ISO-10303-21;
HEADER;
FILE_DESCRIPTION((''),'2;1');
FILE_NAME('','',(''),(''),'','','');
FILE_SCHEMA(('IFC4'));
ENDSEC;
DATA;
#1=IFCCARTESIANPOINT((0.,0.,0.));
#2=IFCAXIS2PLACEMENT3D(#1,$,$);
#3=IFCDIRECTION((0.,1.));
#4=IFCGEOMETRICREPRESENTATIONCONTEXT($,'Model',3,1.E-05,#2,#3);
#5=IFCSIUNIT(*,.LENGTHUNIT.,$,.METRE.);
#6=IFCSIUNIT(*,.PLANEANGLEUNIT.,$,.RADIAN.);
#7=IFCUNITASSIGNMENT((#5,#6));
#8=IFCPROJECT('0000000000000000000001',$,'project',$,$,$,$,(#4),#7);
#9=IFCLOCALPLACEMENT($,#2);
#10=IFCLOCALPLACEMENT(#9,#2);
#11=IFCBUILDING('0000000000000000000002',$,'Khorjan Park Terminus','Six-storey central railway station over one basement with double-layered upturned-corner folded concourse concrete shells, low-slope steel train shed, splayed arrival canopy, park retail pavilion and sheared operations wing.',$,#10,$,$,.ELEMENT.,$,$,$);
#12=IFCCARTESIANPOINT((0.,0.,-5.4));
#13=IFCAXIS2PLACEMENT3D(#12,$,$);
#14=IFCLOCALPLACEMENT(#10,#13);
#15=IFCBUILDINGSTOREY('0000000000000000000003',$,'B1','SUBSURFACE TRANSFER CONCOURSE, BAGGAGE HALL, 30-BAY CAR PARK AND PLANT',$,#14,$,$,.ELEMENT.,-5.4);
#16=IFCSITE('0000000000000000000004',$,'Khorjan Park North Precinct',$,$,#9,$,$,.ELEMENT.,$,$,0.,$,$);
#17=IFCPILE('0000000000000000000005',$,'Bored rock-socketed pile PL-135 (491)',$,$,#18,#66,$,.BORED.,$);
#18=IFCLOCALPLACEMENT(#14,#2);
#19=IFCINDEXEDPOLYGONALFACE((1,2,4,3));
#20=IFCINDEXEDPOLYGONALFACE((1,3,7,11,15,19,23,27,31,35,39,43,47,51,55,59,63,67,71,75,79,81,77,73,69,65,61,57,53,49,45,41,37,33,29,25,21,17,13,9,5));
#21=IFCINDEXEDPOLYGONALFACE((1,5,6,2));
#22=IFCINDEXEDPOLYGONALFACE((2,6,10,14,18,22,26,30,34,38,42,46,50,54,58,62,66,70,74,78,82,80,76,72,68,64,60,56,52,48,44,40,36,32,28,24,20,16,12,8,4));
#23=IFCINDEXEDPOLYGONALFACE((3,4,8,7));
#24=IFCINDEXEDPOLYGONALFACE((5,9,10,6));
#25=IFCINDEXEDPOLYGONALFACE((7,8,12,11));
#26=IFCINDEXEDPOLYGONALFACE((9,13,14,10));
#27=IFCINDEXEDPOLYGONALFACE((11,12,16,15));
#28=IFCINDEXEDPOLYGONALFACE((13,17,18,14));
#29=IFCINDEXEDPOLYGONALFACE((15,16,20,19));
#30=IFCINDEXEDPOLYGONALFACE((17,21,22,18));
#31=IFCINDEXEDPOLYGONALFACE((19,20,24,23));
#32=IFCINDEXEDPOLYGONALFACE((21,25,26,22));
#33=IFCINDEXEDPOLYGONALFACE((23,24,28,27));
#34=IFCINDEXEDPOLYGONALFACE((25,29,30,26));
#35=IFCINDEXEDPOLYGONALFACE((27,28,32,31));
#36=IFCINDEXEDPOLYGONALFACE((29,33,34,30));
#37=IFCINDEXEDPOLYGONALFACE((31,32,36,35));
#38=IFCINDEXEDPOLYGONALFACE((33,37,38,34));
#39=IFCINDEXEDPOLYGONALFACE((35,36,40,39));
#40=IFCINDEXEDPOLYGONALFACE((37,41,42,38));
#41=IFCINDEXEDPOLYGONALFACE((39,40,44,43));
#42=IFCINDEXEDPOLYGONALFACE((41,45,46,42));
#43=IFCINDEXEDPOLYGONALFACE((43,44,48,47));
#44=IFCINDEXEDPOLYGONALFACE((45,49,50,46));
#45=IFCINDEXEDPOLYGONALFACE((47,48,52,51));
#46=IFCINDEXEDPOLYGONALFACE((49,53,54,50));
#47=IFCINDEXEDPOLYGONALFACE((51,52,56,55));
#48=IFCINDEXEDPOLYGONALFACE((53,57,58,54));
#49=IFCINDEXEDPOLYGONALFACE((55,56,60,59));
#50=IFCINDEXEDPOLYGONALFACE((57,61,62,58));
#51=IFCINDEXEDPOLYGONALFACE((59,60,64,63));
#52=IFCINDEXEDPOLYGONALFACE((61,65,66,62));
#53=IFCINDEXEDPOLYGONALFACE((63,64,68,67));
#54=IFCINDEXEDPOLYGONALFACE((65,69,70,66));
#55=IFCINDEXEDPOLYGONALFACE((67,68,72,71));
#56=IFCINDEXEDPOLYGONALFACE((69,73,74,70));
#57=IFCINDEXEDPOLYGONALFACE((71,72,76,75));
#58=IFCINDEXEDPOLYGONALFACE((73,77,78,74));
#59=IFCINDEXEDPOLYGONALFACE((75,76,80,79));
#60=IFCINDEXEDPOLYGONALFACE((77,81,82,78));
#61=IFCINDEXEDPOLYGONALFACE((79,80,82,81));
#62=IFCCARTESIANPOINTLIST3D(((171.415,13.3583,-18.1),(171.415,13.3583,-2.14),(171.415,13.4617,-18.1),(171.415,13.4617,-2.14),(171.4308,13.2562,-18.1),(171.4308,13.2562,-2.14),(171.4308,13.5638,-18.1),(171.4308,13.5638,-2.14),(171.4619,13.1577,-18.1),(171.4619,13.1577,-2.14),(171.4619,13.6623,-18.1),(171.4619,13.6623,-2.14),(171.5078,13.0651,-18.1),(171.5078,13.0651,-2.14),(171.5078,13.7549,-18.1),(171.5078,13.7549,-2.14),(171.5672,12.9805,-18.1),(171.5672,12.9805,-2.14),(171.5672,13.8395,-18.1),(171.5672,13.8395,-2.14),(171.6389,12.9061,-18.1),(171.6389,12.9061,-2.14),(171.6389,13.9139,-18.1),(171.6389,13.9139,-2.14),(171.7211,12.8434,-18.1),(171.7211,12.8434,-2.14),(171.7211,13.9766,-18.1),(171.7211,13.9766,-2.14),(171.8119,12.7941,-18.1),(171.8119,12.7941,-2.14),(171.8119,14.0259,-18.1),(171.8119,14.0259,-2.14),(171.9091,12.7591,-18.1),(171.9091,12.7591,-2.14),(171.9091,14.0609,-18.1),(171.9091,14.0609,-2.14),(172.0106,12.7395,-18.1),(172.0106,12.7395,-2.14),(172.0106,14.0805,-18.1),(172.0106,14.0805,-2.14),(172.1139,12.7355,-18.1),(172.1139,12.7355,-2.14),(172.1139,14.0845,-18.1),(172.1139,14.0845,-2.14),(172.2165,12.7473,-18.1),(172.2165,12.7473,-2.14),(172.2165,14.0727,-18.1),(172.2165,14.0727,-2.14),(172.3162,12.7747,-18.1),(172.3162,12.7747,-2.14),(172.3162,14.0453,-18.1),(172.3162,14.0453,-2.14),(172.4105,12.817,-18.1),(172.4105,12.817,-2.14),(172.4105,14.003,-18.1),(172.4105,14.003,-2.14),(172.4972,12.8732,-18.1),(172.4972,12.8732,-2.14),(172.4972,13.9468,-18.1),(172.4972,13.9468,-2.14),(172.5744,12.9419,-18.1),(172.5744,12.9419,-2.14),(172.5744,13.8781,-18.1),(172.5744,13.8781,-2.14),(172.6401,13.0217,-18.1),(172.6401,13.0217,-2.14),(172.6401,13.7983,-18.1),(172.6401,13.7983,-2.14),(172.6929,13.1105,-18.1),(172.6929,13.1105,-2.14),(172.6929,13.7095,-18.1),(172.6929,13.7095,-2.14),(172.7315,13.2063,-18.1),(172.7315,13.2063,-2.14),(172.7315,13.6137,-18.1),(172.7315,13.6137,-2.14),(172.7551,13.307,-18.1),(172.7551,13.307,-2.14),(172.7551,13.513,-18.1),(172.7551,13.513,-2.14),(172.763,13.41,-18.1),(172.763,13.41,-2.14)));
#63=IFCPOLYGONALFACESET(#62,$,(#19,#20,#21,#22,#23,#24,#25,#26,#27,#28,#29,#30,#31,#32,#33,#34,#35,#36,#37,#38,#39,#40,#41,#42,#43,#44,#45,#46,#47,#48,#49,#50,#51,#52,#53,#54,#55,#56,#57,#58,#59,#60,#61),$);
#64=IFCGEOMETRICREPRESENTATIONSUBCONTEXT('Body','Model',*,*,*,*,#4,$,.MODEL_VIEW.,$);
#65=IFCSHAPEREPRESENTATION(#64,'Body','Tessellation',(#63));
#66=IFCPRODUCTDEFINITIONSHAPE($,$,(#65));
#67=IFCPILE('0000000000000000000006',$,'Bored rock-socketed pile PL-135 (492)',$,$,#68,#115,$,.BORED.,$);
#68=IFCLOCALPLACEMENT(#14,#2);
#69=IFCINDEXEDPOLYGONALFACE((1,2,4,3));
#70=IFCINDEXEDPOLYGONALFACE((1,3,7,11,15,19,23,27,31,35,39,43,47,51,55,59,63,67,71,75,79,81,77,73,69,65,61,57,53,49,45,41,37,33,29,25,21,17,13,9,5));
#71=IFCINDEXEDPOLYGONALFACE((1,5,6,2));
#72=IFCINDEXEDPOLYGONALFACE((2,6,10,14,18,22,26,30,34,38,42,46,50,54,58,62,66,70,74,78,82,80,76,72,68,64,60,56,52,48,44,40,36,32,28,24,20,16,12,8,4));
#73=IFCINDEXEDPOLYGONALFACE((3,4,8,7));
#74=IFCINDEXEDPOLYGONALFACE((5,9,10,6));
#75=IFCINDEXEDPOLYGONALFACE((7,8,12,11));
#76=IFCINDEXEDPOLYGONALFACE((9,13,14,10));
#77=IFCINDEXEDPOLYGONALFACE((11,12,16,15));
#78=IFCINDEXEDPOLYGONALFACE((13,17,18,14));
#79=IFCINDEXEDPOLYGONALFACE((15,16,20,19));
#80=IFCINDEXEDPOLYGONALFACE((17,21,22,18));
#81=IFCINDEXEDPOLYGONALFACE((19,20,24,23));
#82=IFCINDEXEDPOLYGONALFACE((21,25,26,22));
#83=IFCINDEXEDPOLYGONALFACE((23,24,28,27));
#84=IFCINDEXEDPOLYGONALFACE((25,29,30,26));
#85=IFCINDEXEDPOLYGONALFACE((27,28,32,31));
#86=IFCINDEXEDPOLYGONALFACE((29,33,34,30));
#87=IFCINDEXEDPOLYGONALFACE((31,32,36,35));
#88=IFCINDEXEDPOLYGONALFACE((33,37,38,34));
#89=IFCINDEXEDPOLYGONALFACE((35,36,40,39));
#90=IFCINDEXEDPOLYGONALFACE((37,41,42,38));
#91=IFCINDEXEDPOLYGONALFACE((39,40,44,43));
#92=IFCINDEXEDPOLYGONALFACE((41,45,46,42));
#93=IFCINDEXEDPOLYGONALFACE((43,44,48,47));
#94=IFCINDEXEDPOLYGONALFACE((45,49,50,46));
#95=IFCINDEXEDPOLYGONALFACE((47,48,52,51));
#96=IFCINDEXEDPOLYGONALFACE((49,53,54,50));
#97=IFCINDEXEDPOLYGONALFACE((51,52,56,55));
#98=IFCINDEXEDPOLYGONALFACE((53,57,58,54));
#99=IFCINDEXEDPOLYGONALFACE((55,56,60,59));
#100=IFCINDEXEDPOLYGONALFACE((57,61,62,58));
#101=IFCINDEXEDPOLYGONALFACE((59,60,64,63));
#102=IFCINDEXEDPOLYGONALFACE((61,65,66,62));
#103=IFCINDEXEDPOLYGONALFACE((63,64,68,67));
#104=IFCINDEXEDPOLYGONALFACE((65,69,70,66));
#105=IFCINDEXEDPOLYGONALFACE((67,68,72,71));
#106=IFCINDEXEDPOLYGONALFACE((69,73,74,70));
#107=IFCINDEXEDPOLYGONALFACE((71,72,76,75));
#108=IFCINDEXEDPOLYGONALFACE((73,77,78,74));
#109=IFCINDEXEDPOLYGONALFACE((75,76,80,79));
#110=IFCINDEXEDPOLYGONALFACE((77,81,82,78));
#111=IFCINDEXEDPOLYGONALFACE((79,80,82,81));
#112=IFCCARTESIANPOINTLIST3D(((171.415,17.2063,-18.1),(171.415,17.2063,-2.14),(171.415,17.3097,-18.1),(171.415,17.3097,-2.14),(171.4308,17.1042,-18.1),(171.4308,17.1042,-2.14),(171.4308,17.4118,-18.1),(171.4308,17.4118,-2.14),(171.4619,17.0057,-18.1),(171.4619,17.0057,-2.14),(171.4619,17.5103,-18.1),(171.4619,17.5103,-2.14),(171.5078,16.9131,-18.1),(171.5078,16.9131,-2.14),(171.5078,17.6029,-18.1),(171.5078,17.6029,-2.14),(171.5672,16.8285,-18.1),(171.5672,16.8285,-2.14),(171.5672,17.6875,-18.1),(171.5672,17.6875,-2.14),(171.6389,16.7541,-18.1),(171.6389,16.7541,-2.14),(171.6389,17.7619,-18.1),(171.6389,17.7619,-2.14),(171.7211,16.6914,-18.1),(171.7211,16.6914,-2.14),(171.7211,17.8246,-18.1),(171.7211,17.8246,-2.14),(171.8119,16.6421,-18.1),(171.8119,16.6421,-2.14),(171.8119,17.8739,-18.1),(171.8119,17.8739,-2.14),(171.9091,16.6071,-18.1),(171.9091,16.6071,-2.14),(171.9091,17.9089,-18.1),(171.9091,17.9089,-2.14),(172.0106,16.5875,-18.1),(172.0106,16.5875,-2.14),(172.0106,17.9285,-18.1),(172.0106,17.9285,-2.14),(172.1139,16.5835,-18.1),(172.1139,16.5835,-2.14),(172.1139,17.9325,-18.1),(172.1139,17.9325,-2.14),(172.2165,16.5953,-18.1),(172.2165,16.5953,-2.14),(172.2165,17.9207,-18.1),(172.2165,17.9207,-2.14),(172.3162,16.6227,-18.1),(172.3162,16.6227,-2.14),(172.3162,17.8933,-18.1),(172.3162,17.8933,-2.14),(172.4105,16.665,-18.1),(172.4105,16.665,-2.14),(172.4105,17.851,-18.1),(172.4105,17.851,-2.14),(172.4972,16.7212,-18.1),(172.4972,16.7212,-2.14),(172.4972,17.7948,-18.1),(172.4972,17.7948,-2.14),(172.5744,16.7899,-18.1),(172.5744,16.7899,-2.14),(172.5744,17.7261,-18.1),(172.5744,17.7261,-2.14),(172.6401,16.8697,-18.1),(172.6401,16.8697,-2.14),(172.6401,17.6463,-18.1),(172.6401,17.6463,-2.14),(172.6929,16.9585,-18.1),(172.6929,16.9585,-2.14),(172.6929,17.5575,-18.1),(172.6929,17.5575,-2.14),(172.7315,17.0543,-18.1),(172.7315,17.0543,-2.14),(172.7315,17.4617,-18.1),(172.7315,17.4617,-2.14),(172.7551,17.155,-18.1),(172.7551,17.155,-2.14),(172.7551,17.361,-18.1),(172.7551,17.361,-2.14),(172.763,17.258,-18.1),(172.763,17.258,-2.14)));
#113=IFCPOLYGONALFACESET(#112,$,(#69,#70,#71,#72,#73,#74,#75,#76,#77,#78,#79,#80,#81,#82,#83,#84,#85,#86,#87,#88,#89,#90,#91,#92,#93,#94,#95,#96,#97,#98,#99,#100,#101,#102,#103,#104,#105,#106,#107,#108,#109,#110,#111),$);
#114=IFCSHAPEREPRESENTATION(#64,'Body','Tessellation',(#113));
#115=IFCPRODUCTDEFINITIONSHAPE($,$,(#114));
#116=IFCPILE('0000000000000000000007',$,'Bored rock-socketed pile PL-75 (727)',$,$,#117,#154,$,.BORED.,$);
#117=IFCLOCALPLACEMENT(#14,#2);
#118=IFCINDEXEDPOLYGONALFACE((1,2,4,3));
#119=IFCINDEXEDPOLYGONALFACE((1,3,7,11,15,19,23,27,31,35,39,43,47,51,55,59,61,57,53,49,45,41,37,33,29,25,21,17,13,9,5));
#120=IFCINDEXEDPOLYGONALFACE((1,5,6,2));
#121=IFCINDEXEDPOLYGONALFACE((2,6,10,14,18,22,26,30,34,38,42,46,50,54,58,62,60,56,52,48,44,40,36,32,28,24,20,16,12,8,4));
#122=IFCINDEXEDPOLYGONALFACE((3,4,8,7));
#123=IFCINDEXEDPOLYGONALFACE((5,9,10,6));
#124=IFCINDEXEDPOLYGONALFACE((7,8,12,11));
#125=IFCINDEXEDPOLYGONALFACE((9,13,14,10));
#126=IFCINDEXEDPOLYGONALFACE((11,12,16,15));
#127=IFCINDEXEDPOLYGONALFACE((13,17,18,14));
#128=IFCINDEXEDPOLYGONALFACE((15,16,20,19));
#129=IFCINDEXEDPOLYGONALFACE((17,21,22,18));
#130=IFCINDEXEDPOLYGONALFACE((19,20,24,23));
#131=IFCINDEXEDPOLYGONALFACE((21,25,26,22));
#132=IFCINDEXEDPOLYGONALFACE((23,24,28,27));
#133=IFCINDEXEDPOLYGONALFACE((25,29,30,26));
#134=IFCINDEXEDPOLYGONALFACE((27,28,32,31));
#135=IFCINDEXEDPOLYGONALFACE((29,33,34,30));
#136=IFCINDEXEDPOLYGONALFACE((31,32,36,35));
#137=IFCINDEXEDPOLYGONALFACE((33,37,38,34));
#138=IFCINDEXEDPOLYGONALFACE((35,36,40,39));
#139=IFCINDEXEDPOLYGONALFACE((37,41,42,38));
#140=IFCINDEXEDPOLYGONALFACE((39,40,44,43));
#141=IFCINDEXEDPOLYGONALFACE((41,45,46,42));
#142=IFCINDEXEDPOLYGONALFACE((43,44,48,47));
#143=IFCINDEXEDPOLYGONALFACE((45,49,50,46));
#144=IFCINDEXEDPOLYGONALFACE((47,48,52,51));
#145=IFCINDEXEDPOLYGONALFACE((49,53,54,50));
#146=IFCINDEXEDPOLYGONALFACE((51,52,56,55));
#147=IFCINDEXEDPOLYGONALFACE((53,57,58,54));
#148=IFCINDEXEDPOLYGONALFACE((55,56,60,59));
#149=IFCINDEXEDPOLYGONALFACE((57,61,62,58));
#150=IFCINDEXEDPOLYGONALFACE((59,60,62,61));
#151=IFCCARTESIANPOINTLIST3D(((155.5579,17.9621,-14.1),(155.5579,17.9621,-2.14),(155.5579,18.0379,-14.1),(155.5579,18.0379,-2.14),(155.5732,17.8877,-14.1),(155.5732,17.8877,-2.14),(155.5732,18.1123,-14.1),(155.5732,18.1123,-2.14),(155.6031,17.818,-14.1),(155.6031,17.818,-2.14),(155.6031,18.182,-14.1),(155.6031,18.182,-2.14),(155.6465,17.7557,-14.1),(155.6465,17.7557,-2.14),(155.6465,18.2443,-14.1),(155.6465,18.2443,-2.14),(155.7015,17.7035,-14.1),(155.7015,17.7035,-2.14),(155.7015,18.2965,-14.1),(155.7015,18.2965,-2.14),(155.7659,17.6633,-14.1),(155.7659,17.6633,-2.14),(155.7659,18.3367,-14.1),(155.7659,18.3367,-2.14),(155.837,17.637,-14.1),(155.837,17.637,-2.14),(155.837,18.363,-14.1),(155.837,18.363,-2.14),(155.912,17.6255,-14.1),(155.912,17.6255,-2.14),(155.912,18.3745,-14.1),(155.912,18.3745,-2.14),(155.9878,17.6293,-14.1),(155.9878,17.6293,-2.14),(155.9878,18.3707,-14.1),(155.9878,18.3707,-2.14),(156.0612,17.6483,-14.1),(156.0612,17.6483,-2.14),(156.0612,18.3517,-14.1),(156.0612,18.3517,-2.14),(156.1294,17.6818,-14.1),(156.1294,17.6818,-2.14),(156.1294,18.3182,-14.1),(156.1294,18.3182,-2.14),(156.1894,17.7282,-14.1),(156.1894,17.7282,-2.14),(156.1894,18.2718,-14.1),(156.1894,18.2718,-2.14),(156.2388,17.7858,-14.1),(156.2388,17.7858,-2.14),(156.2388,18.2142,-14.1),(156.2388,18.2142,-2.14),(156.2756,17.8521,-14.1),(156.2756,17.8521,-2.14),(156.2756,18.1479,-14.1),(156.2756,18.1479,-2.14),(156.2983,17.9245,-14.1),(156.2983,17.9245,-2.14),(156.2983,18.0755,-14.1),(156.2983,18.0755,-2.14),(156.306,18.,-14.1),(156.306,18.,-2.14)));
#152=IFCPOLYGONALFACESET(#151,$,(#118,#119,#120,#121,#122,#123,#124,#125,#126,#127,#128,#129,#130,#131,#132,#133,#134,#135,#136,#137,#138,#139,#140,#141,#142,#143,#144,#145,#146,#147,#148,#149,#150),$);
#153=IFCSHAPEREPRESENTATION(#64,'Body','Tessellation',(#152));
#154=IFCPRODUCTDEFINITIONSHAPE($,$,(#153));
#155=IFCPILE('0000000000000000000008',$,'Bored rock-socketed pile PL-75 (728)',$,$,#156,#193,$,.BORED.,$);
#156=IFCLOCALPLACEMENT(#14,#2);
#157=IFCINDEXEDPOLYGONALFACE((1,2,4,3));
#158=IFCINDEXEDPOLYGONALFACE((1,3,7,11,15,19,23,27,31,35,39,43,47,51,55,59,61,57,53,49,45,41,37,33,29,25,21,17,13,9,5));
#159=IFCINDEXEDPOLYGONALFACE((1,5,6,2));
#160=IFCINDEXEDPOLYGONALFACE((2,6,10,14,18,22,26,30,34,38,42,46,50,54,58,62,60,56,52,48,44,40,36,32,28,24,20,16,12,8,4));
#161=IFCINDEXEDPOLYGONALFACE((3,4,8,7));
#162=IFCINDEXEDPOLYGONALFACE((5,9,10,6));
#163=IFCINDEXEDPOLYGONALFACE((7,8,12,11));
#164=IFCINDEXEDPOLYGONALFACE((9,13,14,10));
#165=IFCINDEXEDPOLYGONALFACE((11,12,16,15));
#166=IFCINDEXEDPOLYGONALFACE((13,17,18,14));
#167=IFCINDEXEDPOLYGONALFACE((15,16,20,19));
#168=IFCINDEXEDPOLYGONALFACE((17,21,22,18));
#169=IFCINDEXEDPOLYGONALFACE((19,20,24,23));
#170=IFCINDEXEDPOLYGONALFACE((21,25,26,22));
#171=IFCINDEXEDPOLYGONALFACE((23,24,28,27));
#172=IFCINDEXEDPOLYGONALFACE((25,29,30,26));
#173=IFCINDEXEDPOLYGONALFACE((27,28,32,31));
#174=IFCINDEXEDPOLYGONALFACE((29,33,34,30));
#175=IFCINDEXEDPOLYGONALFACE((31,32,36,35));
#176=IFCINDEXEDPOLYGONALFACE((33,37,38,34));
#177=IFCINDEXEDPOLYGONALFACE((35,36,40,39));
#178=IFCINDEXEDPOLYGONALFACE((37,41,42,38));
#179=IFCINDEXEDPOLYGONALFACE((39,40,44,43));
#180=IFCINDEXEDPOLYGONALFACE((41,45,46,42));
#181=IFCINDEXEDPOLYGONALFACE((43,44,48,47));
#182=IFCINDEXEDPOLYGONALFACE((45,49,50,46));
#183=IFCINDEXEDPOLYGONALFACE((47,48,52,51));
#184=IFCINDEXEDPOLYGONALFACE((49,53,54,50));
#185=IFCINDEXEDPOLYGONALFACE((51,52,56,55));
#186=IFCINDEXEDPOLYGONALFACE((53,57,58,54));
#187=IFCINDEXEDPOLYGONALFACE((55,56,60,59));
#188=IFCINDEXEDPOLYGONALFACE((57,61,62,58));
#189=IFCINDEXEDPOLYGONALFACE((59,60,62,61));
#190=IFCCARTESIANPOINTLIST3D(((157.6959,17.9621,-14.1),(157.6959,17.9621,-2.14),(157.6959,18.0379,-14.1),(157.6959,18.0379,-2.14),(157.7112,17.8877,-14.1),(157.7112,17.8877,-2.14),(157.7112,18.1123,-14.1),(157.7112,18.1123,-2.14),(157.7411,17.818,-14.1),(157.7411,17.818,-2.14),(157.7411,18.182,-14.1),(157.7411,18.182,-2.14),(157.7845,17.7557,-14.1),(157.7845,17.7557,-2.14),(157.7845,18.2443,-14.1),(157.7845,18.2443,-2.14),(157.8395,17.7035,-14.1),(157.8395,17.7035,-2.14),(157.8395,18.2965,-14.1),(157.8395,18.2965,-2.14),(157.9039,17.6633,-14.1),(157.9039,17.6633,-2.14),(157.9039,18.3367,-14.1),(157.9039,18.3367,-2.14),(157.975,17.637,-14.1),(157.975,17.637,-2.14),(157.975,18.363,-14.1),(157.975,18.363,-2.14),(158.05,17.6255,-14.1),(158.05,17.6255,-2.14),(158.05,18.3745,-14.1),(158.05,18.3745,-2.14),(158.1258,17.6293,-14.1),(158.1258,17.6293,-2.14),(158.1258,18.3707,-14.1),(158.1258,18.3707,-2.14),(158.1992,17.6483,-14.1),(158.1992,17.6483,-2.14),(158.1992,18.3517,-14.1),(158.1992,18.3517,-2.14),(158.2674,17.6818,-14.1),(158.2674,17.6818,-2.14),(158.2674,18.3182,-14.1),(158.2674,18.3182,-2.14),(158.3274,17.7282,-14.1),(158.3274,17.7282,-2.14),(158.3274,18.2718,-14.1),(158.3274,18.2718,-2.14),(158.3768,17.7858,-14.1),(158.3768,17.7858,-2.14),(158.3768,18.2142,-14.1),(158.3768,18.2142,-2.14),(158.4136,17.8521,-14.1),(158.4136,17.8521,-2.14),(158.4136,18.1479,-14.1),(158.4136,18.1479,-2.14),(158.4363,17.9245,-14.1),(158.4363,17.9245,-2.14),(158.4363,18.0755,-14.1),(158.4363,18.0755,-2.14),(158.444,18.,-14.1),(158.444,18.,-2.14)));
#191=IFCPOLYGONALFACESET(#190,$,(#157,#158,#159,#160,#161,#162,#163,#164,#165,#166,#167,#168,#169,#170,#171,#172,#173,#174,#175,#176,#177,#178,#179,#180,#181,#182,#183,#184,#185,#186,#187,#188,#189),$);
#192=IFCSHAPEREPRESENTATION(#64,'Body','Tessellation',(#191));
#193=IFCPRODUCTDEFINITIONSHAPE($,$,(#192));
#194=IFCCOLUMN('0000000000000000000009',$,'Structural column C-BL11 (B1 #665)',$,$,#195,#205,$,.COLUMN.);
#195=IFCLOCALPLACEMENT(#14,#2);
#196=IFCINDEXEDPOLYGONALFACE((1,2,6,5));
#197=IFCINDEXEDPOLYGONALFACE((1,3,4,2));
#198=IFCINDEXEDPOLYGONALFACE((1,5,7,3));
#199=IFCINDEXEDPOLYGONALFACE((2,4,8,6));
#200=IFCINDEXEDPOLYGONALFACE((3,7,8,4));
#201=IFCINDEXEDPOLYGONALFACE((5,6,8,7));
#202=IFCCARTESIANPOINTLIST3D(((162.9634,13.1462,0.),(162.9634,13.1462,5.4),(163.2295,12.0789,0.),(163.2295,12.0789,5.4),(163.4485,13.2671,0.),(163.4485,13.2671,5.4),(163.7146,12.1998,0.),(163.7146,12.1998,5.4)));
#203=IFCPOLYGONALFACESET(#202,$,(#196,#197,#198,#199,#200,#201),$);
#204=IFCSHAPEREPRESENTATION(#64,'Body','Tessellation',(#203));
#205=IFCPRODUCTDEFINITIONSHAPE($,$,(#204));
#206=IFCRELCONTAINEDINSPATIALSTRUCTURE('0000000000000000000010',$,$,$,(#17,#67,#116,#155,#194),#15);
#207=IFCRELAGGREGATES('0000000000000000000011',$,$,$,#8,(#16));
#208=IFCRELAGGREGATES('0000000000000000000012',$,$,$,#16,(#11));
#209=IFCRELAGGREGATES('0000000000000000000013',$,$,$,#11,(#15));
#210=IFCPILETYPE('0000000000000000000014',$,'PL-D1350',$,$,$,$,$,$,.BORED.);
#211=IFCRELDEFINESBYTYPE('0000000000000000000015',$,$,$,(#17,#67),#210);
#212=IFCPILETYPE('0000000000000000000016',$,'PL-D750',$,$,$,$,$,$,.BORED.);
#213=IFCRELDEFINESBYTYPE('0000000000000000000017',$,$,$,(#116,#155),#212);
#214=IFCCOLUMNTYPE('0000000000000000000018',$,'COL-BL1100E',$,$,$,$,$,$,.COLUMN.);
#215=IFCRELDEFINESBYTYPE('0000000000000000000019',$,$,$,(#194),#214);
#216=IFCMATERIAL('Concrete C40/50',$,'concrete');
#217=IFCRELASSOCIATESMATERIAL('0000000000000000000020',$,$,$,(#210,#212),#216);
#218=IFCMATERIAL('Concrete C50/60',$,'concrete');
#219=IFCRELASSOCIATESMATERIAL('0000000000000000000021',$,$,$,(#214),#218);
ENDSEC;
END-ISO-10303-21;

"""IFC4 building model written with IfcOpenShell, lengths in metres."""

from ifc_helpers import new_model, si_unit, direction, frame, origin, origin_2d, place, context, subcontext, project, spatial, rectangle, circle, extrude, material, material_profile, profile_set, type_object, element, save


model = new_model("IFC4")

# Units and contexts
model_context = context("Model", 3, precision=1e-05, world=origin(), true_north=direction((0.0, 1.0)))
body_context = subcontext(model_context, "Body", "Model", "MODEL_VIEW")
ifc_project = project(units=[si_unit("LENGTHUNIT", "METRE"), si_unit("PLANEANGLEUNIT", "RADIAN")], contexts=[model_context])

# Site, building, storey
site_placement = place(None, origin())
site = spatial("IfcSite", under=ifc_project, at=site_placement, Name="Khorjan Park North Precinct", CompositionType="ELEMENT", RefElevation=0.0)
building_placement = place(site_placement, origin())
building = spatial("IfcBuilding", under=site, at=building_placement, Name="Khorjan Park Terminus", Description="Six-storey central railway station over one basement with double-layered upturned-corner folded concourse concrete shells, low-slope steel train shed, splayed arrival canopy, park retail pavilion and sheared operations wing.", CompositionType="ELEMENT")
storey_placement = place(building_placement, frame((0.0, 0.0, -5.4)))
storey = spatial("IfcBuildingStorey", under=building, at=storey_placement, Name="B1", Description="SUBSURFACE TRANSFER CONCOURSE, BAGGAGE HALL, 30-BAY CAR PARK AND PLANT", CompositionType="ELEMENT", Elevation=-5.4)

# Piles
ifc_material_1 = material(Name="Concrete C40/50", Category="concrete")
ifc_material_profile_1 = material_profile(ifc_material_1, circle(Radius=0.675, at=origin_2d()), Name="BORED D1350")
ifc_profile_set_1 = profile_set([ifc_material_profile_1], Name="Concrete C40/50")
pile_type_1 = type_object("IfcPileType", Name="PL-D1350", PredefinedType="BORED", material=ifc_profile_set_1)
for number, where, z_axis, x_axis, name in (
    (1, (172.088, 13.41, -2.14), (0.0, 0.0, -1.0), (1.0, 0.0, 0.0), "Bored rock-socketed pile PL-135 (491)"),
    (2, (172.088, 17.258, -2.14), (0.0, 0.0, -1.0), (1.0, 0.0, 0.0), "Bored rock-socketed pile PL-135 (492)"),
):
    element("IfcPile", number, at=place(storey_placement, frame(where, z_axis=z_axis, x_axis=x_axis)), inside=storey, type_object=pile_type_1, Name=name, PredefinedType="BORED", context=body_context, shape_type="SweptSolid", body=[
        extrude(circle(Radius=0.675, at=origin_2d()), origin(), (0.0, 0.0, 1.0), 15.96),
    ])
ifc_material_profile_2 = material_profile(ifc_material_1, circle(Radius=0.375, at=origin_2d()), Name="BORED D750")
ifc_profile_set_2 = profile_set([ifc_material_profile_2], Name="Concrete C40/50")
pile_type_2 = type_object("IfcPileType", Name="PL-D750", PredefinedType="BORED", material=ifc_profile_set_2)
for number, where, z_axis, x_axis, name in (
    (3, (155.931, 18.0, -2.14), (0.0, 0.0, -1.0), (1.0, 0.0, 0.0), "Bored rock-socketed pile PL-75 (727)"),
    (4, (158.069, 18.0, -2.14), (0.0, 0.0, -1.0), (1.0, 0.0, 0.0), "Bored rock-socketed pile PL-75 (728)"),
):
    element("IfcPile", number, at=place(storey_placement, frame(where, z_axis=z_axis, x_axis=x_axis)), inside=storey, type_object=pile_type_2, Name=name, PredefinedType="BORED", context=body_context, shape_type="SweptSolid", body=[
        extrude(circle(Radius=0.375, at=origin_2d()), origin(), (0.0, 0.0, 1.0), 11.96),
    ])

# Column
ifc_material_2 = material(Name="Concrete C50/60", Category="concrete")
ifc_material_profile_3 = material_profile(ifc_material_2, rectangle(XDim=0.5, YDim=1.1, at=origin_2d()), Name="RC 500x1100")
ifc_profile_set_3 = profile_set([ifc_material_profile_3], Name="Concrete C50/60")
column_type_1 = type_object("IfcColumnType", Name="COL-BL1100E", PredefinedType="COLUMN", material=ifc_profile_set_3)
for number, where, z_axis, x_axis, name in (
    (5, (163.339, 12.673, 0.0), (0.0, 0.0, 1.0), (0.970296, 0.241922, 0.0), "Structural column C-BL11 (B1 #665)"),
):
    element("IfcColumn", number, at=place(storey_placement, frame(where, z_axis=z_axis, x_axis=x_axis)), inside=storey, type_object=column_type_1, Name=name, PredefinedType="COLUMN", context=body_context, shape_type="SweptSolid", body=[
        extrude(rectangle(XDim=0.5, YDim=1.1, at=origin_2d()), origin(), (0.0, 0.0, 1.0), 5.4),
    ])

save(model, "model.ifc")
